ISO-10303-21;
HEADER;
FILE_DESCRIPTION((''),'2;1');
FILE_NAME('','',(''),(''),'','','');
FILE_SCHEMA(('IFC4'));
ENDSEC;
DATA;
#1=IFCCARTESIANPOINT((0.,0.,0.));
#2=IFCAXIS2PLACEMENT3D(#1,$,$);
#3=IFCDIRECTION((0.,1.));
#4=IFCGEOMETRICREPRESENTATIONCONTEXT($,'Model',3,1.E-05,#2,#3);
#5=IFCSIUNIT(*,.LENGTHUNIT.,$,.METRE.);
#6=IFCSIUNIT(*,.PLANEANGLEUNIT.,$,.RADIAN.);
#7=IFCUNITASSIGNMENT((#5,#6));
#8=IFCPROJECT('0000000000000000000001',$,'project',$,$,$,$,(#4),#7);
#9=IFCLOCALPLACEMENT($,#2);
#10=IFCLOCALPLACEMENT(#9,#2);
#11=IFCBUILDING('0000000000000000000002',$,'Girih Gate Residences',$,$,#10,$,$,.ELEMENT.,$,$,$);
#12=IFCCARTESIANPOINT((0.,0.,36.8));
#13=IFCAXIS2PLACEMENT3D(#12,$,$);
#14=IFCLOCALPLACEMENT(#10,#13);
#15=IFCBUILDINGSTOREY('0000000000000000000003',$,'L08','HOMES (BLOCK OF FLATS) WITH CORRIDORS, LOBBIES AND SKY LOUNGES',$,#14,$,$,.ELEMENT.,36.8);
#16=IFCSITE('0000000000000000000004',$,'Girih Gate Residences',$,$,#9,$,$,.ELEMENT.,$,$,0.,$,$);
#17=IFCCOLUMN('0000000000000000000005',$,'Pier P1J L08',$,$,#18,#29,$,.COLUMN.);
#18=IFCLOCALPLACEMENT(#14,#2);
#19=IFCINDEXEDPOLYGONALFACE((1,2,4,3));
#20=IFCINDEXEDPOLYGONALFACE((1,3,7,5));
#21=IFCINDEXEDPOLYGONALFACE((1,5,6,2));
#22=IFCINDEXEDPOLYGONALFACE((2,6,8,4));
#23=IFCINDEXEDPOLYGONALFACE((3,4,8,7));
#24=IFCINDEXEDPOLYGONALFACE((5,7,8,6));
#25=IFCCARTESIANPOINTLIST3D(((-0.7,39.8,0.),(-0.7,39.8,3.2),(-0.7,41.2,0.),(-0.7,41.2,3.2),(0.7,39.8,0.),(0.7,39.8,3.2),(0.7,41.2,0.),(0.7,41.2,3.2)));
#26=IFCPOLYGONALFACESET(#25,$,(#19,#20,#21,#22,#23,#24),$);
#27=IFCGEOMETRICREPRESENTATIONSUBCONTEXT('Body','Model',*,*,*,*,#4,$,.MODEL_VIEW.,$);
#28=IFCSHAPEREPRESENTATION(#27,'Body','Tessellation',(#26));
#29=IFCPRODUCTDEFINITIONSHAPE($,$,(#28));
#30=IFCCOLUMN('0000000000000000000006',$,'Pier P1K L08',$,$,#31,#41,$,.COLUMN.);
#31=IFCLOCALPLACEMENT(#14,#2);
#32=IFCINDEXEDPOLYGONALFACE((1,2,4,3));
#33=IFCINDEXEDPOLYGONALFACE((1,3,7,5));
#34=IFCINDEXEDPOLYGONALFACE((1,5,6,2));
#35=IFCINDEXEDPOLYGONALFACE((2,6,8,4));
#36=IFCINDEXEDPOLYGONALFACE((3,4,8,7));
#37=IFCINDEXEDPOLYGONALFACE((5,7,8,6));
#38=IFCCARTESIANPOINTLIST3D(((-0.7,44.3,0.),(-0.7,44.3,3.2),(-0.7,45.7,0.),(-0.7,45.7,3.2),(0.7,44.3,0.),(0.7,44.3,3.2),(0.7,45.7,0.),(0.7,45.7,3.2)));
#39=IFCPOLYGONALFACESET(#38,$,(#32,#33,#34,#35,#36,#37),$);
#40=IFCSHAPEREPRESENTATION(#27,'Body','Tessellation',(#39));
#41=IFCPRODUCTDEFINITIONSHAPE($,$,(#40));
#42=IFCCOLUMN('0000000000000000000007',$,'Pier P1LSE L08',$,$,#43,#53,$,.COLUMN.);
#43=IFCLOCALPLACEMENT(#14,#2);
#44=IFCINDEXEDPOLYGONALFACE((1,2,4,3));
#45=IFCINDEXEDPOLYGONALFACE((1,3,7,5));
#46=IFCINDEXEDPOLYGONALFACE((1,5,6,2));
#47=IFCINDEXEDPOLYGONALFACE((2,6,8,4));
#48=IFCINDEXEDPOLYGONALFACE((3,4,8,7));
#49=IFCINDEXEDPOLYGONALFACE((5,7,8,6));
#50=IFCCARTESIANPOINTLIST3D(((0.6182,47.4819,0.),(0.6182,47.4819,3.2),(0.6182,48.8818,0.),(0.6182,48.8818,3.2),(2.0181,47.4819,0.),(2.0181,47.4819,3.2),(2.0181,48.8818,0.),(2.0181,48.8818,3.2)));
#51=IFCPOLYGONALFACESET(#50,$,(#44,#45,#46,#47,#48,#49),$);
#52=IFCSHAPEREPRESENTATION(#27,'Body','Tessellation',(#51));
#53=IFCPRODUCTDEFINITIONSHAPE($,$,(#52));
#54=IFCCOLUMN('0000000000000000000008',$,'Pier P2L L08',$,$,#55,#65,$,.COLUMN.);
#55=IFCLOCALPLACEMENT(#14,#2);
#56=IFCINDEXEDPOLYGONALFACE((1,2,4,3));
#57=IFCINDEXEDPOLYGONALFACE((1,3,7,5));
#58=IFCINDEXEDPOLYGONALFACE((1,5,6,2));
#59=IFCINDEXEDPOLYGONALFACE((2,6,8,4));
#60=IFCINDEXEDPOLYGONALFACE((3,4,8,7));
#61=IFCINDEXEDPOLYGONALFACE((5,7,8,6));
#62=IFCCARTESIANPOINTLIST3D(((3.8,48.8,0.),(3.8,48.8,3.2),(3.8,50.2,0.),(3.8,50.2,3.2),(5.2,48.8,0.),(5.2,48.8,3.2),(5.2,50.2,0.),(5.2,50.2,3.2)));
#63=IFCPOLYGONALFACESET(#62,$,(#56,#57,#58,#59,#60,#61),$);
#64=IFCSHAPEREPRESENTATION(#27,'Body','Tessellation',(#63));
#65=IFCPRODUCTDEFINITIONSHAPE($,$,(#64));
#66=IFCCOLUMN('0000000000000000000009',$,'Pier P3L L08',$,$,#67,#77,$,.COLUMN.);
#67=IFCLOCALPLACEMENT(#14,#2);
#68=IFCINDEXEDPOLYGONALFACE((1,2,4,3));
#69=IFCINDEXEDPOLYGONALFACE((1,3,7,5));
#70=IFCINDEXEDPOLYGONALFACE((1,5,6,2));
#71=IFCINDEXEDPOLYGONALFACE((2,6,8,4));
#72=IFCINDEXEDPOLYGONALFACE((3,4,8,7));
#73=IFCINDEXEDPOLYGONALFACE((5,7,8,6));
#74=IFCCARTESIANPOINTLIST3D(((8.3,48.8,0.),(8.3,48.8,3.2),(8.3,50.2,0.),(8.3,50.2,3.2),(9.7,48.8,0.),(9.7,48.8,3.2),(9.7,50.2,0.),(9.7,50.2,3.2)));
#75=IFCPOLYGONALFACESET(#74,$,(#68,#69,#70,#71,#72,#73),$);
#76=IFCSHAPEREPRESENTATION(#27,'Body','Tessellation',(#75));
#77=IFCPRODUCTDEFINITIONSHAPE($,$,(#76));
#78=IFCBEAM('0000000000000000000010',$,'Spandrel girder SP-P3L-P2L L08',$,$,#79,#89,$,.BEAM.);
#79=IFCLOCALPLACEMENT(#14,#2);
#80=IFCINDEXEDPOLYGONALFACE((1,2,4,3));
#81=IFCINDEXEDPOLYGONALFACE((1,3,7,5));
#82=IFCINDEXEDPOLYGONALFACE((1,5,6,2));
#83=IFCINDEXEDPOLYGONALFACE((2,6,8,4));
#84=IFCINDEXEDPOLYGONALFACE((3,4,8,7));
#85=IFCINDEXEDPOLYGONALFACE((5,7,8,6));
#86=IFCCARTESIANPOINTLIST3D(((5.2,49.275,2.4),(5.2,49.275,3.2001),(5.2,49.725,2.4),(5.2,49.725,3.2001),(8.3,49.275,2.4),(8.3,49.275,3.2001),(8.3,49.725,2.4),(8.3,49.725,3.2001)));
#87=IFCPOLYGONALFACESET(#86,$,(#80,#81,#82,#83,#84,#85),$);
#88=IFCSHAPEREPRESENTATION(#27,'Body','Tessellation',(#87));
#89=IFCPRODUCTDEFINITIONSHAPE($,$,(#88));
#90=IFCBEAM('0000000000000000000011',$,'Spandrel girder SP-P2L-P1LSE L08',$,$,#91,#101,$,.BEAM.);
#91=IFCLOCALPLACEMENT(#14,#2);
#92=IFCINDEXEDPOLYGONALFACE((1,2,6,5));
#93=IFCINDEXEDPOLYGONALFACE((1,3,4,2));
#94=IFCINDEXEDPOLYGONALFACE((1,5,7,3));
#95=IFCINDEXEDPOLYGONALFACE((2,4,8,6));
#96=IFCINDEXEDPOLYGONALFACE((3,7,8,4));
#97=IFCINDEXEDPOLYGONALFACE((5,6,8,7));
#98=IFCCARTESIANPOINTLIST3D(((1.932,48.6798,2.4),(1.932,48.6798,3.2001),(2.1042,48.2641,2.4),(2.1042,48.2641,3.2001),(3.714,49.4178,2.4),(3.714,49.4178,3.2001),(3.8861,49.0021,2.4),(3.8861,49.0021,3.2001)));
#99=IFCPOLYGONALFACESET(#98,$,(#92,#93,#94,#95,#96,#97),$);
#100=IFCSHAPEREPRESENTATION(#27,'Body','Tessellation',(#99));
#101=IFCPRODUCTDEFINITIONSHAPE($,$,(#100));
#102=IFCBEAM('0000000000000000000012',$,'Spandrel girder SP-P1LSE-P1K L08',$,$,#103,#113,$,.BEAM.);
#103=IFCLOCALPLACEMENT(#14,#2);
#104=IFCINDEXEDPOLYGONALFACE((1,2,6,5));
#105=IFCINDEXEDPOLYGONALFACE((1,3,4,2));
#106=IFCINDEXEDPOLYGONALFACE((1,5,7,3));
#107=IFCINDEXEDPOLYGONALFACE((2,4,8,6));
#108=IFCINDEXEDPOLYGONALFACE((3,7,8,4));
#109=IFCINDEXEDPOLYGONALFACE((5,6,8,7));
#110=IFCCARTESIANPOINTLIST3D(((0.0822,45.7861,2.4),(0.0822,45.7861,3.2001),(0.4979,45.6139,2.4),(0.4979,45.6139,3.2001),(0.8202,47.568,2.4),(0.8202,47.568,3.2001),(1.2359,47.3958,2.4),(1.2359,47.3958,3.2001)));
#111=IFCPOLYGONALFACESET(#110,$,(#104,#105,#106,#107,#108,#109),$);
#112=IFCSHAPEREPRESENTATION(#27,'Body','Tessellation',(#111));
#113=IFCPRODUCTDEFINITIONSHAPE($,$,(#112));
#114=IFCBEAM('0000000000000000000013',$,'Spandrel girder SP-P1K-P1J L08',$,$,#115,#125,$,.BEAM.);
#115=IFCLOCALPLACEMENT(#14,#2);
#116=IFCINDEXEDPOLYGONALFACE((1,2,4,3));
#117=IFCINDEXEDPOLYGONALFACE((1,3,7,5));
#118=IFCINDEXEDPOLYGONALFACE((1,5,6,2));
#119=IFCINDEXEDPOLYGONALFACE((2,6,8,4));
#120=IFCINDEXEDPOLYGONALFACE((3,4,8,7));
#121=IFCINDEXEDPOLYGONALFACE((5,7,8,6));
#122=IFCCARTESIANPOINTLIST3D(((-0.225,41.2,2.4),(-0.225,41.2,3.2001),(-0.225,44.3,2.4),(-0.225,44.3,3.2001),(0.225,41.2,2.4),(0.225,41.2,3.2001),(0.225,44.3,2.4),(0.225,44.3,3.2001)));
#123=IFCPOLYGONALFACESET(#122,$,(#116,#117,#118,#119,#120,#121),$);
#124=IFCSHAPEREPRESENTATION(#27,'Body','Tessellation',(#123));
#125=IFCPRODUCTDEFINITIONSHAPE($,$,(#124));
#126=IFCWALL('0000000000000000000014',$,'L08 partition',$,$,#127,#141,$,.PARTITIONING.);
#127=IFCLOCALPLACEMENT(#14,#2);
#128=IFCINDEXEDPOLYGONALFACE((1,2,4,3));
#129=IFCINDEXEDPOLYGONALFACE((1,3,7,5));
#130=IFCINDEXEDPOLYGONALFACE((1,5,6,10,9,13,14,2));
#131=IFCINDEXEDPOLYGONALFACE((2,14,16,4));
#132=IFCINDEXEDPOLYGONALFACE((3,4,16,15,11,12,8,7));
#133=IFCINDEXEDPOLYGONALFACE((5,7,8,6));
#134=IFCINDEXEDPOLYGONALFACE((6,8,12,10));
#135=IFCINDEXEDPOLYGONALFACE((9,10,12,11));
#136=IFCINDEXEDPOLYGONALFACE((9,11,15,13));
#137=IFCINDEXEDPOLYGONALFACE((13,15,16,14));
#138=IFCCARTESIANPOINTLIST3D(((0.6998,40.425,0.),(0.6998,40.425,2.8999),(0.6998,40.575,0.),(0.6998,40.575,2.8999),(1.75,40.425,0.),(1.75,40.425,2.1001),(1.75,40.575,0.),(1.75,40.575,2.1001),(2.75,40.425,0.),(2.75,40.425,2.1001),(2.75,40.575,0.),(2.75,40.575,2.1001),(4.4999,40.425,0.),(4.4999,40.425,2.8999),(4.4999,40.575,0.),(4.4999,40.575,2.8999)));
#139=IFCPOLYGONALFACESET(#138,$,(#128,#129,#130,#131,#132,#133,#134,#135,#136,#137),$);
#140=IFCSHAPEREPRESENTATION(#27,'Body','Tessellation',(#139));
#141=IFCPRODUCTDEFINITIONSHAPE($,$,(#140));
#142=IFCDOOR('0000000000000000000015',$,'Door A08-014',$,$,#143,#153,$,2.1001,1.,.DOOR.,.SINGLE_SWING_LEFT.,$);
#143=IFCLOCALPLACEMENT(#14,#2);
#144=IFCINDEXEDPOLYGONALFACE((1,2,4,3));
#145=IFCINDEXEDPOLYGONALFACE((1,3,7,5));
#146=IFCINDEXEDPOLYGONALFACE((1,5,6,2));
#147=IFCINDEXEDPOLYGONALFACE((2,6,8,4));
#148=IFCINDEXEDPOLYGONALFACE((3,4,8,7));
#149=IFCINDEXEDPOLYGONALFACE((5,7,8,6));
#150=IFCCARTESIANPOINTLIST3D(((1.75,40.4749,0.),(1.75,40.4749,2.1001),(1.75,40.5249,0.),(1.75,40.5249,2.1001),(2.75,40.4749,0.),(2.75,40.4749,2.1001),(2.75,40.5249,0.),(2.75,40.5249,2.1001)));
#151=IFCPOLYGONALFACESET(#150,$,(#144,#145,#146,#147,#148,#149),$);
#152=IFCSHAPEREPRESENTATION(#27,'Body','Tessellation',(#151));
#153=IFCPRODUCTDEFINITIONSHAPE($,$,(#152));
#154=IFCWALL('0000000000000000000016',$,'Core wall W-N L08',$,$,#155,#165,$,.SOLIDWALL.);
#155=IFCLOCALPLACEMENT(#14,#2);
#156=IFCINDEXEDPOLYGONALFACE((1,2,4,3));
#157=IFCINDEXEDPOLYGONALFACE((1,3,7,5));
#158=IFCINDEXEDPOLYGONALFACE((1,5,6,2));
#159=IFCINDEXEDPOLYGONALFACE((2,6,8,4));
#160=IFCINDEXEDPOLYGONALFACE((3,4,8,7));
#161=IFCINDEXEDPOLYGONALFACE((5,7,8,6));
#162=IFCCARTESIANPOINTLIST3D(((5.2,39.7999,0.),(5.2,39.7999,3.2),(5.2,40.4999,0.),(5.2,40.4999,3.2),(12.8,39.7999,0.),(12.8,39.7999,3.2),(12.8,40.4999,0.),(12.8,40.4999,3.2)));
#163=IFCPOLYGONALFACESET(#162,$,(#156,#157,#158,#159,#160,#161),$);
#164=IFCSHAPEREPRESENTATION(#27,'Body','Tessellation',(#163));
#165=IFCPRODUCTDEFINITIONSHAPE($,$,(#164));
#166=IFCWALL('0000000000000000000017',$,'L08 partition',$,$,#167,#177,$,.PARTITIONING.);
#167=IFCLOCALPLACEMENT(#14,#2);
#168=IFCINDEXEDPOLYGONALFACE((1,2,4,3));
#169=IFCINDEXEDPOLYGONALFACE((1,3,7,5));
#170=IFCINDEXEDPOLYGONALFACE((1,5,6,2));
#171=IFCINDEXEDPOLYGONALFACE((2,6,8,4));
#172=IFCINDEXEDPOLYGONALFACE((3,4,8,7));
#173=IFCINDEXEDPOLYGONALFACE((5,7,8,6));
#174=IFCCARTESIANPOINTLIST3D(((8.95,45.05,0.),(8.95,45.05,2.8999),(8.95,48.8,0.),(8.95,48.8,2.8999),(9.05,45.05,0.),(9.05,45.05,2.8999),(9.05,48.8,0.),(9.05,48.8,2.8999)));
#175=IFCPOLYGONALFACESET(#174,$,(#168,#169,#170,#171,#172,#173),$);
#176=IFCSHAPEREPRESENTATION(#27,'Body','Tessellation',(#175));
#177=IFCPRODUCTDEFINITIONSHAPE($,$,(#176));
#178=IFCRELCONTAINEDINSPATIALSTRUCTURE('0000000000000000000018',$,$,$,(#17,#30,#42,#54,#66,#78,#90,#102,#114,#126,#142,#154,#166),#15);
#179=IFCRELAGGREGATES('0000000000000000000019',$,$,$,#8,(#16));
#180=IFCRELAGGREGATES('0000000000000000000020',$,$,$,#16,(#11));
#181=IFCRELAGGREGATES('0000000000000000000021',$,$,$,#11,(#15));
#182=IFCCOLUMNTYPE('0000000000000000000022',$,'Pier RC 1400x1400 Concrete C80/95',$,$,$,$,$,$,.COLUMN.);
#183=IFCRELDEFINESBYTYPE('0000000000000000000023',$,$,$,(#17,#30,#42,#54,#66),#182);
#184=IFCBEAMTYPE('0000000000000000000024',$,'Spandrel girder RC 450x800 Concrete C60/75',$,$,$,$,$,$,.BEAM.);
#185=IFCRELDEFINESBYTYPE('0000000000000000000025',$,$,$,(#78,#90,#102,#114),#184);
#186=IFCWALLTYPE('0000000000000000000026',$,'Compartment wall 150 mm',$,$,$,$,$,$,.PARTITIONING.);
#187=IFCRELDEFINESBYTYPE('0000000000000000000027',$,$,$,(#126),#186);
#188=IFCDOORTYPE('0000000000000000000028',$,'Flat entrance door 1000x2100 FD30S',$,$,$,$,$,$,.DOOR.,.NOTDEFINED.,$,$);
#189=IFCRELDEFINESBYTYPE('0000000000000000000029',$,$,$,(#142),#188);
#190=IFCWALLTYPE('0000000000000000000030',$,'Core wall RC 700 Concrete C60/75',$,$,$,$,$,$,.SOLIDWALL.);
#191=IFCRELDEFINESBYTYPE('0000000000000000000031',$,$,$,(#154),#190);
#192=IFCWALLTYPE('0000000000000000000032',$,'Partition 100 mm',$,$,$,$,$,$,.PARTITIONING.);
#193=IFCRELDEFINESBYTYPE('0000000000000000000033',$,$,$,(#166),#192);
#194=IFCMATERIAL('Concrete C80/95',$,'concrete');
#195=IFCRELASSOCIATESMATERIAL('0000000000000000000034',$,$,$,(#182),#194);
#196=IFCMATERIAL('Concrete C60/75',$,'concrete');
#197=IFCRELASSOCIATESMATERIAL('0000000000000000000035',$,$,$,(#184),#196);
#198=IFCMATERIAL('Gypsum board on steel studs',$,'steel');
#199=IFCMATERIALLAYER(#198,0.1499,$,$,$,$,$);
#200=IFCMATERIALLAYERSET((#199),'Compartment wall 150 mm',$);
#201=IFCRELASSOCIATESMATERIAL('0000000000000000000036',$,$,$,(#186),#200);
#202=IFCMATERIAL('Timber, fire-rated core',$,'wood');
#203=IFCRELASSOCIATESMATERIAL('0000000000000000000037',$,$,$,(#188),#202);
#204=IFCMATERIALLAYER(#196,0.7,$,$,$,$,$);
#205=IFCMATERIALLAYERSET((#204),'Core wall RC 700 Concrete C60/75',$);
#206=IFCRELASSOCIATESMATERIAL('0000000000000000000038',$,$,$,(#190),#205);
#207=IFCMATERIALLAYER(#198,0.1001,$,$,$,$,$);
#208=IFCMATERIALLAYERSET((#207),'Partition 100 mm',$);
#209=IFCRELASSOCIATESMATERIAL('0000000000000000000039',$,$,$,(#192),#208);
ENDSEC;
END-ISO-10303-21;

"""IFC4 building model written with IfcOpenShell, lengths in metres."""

from ifc_helpers import new_model, si_unit, direction, frame, frame_2d, origin, origin_2d, place, context, subcontext, project, spatial, rectangle, extrude, material, layer, layer_set, material_profile, profile_set, type_object, element, fill, save


model = new_model("IFC4")

# Units and contexts
model_context = context("Model", 3, precision=1e-05, world=origin(), true_north=direction((0.0, 1.0)))
body_context = subcontext(model_context, "Body", "Model", "MODEL_VIEW")
ifc_project = project(units=[si_unit("LENGTHUNIT", "METRE"), si_unit("PLANEANGLEUNIT", "RADIAN")], contexts=[model_context])

# Site, building, storey
site_placement = place(None, origin())
site = spatial("IfcSite", under=ifc_project, at=site_placement, Name="Girih Gate Residences", CompositionType="ELEMENT", RefElevation=0.0)
building_placement = place(site_placement, origin())
building = spatial("IfcBuilding", under=site, at=building_placement, Name="Girih Gate Residences", CompositionType="ELEMENT")
storey_placement = place(building_placement, frame((0.0, 0.0, 36.8)))
storey = spatial("IfcBuildingStorey", under=building, at=storey_placement, Name="L08", Description="HOMES (BLOCK OF FLATS) WITH CORRIDORS, LOBBIES AND SKY LOUNGES", CompositionType="ELEMENT", Elevation=36.8)

# Columns
ifc_material_1 = material(Name="Concrete C80/95", Category="concrete")
ifc_material_profile_1 = material_profile(ifc_material_1, rectangle(XDim=1.3999, YDim=1.3999, at=origin_2d()))
ifc_profile_set_1 = profile_set([ifc_material_profile_1], Name="Concrete C80/95")
column_type = type_object("IfcColumnType", Name="Pier RC 1400x1400 Concrete C80/95", PredefinedType="COLUMN", material=ifc_profile_set_1)
for number, where, z_axis, x_axis, name in (
    (1, (0.0, 40.5, 0.0), (0.0, 0.0, 1.0), (1.0, 0.0, 0.0), "Pier P1J L08"),
    (2, (0.0, 45.0, 0.0), (0.0, 0.0, 1.0), (1.0, 0.0, 0.0), "Pier P1K L08"),
    (3, (1.3181, 48.1819, 0.0), (0.0, 0.0, 1.0), (1.0, 0.0, 0.0), "Pier P1LSE L08"),
    (4, (4.5, 49.5, 0.0), (0.0, 0.0, 1.0), (1.0, 0.0, 0.0), "Pier P2L L08"),
    (5, (9.0, 49.5, 0.0), (0.0, 0.0, 1.0), (1.0, 0.0, 0.0), "Pier P3L L08"),
):
    element("IfcColumn", number, at=place(storey_placement, frame(where, z_axis=z_axis, x_axis=x_axis)), inside=storey, type_object=column_type, Name=name, PredefinedType="COLUMN", context=body_context, shape_type="SweptSolid", body=[
        extrude(rectangle(XDim=1.3999, YDim=1.3999, at=origin_2d()), origin(), (0.0, 0.0, 1.0), 3.2),
    ])

# Beams
ifc_material_2 = material(Name="Concrete C60/75", Category="concrete")
ifc_material_profile_2 = material_profile(ifc_material_2, rectangle(XDim=0.45, YDim=0.8, at=origin_2d()))
ifc_profile_set_2 = profile_set([ifc_material_profile_2], Name="Concrete C60/75")
beam_type = type_object("IfcBeamType", Name="Spandrel girder RC 450x800 Concrete C60/75", PredefinedType="BEAM", material=ifc_profile_set_2)
beam_1_placement = place(storey_placement, frame((8.3, 49.5, 2.8), z_axis=(-1.0, 0.0, 0.0), x_axis=(0.0, -1.0, 0.0)))
element("IfcBeam", 6, at=beam_1_placement, inside=storey, type_object=beam_type, Name="Spandrel girder SP-P3L-P2L L08", PredefinedType="BEAM", context=body_context, shape_type="SweptSolid", body=[
    extrude(rectangle(XDim=0.45, YDim=0.8, at=origin_2d()), origin(), (0.0, 0.0, 1.0), 3.1001),
])
for number, where, z_axis, x_axis, name in (
    (7, (3.8, 49.21, 2.8), (-0.923895, -0.382646, 0.0), (0.382646, -0.923895, 0.0), "Spandrel girder SP-P2L-P1LSE L08"),
    (8, (1.0281, 47.4819, 2.8), (-0.382646, -0.923895, 0.0), (0.923895, -0.382646, 0.0), "Spandrel girder SP-P1LSE-P1K L08"),
):
    element("IfcBeam", number, at=place(storey_placement, frame(where, z_axis=z_axis, x_axis=x_axis)), inside=storey, type_object=beam_type, Name=name, PredefinedType="BEAM", context=body_context, shape_type="SweptSolid", body=[
        extrude(rectangle(XDim=0.45, YDim=0.8, at=origin_2d()), origin(), (0.0, 0.0, 1.0), 1.9287),
    ])
beam_2_placement = place(storey_placement, frame((0.0, 44.3, 2.8), z_axis=(0.0, -1.0, 0.0), x_axis=(1.0, 0.0, 0.0)))
element("IfcBeam", 9, at=beam_2_placement, inside=storey, type_object=beam_type, Name="Spandrel girder SP-P1K-P1J L08", PredefinedType="BEAM", context=body_context, shape_type="SweptSolid", body=[
    extrude(rectangle(XDim=0.45, YDim=0.8, at=origin_2d()), origin(), (0.0, 0.0, 1.0), 3.1001),
])

# Wall, opening, door
ifc_material_3 = material(Name="Gypsum board on steel studs", Category="steel")
ifc_layer_1 = layer(ifc_material_3, 0.1499)
ifc_layer_set_1 = layer_set([ifc_layer_1], Name="Compartment wall 150 mm")
wall_type_1 = type_object("IfcWallType", Name="Compartment wall 150 mm", PredefinedType="PARTITIONING", material=ifc_layer_set_1)
wall_1_placement = place(storey_placement, frame((0.7, 40.5, 0.0), z_axis=(0.0, 0.0, 1.0), x_axis=(1.0, 0.0, 0.0)))
wall_1 = element("IfcWall", 10, at=wall_1_placement, inside=storey, type_object=wall_type_1, Name="L08 partition", PredefinedType="PARTITIONING", context=body_context, shape_type="SweptSolid", body=[
    extrude(rectangle(XDim=3.8, YDim=0.1499, at=frame_2d((1.8999, 0.0))), origin(), (0.0, 0.0, 1.0), 2.8999),
])
opening_1_placement = place(wall_1_placement, frame((1.05, 0.0, 0.0)))
opening_1 = element("IfcOpeningElement", 11, at=opening_1_placement, cuts=wall_1, PredefinedType="OPENING", context=body_context, shape_type="SweptSolid", body=[
    extrude(rectangle(XDim=1.0, YDim=2.1001, at=frame_2d((0.5, 1.05))), frame((0.0, 0.085, 0.0), z_axis=(0.0, -1.0, 0.0), x_axis=(1.0, 0.0, 0.0)), (0.0, 0.0, 1.0), 0.1699),
])
ifc_material_4 = material(Name="Timber, fire-rated core", Category="wood")
door_type_1 = type_object("IfcDoorType", Name="Flat entrance door 1000x2100 FD30S", OperationType="NOTDEFINED", PredefinedType="DOOR", material=ifc_material_4)
door_1_placement = place(opening_1_placement, origin())
door_1 = element("IfcDoor", 12, at=door_1_placement, inside=storey, type_object=door_type_1, Name="Door A08-014", OperationType="SINGLE_SWING_LEFT", OverallHeight=2.1001, OverallWidth=1.0, PredefinedType="DOOR", context=body_context, shape_type="SweptSolid", body=[
    extrude(rectangle(XDim=1.0, YDim=2.1001, at=frame_2d((0.5, 1.05))), frame((0.0, 0.0249, 0.0), z_axis=(0.0, -1.0, 0.0), x_axis=(1.0, 0.0, 0.0)), (0.0, 0.0, 1.0), 0.05),
])
fill(opening_1, door_1)

# Walls
ifc_layer_2 = layer(ifc_material_2, 0.7)
ifc_layer_set_2 = layer_set([ifc_layer_2], Name="Core wall RC 700 Concrete C60/75")
wall_type_2 = type_object("IfcWallType", Name="Core wall RC 700 Concrete C60/75", PredefinedType="SOLIDWALL", material=ifc_layer_set_2)
wall_2_placement = place(storey_placement, frame((5.2, 40.1499, 0.0), z_axis=(0.0, 0.0, 1.0), x_axis=(1.0, 0.0, 0.0)))
element("IfcWall", 13, at=wall_2_placement, inside=storey, type_object=wall_type_2, Name="Core wall W-N L08", PredefinedType="SOLIDWALL", context=body_context, shape_type="SweptSolid", body=[
    extrude(rectangle(XDim=7.6001, YDim=0.7, at=frame_2d((3.8, 0.0))), origin(), (0.0, 0.0, 1.0), 3.2),
])
ifc_layer_3 = layer(ifc_material_3, 0.1001)
ifc_layer_set_3 = layer_set([ifc_layer_3], Name="Partition 100 mm")
wall_type_3 = type_object("IfcWallType", Name="Partition 100 mm", PredefinedType="PARTITIONING", material=ifc_layer_set_3)
wall_3_placement = place(storey_placement, frame((9.0, 45.05, 0.0), z_axis=(0.0, 0.0, 1.0), x_axis=(0.0, 1.0, 0.0)))
element("IfcWall", 14, at=wall_3_placement, inside=storey, type_object=wall_type_3, Name="L08 partition", PredefinedType="PARTITIONING", context=body_context, shape_type="SweptSolid", body=[
    extrude(rectangle(XDim=3.75, YDim=0.1001, at=frame_2d((1.875, 0.0))), origin(), (0.0, 0.0, 1.0), 2.8999),
])

save(model, "model.ifc")
